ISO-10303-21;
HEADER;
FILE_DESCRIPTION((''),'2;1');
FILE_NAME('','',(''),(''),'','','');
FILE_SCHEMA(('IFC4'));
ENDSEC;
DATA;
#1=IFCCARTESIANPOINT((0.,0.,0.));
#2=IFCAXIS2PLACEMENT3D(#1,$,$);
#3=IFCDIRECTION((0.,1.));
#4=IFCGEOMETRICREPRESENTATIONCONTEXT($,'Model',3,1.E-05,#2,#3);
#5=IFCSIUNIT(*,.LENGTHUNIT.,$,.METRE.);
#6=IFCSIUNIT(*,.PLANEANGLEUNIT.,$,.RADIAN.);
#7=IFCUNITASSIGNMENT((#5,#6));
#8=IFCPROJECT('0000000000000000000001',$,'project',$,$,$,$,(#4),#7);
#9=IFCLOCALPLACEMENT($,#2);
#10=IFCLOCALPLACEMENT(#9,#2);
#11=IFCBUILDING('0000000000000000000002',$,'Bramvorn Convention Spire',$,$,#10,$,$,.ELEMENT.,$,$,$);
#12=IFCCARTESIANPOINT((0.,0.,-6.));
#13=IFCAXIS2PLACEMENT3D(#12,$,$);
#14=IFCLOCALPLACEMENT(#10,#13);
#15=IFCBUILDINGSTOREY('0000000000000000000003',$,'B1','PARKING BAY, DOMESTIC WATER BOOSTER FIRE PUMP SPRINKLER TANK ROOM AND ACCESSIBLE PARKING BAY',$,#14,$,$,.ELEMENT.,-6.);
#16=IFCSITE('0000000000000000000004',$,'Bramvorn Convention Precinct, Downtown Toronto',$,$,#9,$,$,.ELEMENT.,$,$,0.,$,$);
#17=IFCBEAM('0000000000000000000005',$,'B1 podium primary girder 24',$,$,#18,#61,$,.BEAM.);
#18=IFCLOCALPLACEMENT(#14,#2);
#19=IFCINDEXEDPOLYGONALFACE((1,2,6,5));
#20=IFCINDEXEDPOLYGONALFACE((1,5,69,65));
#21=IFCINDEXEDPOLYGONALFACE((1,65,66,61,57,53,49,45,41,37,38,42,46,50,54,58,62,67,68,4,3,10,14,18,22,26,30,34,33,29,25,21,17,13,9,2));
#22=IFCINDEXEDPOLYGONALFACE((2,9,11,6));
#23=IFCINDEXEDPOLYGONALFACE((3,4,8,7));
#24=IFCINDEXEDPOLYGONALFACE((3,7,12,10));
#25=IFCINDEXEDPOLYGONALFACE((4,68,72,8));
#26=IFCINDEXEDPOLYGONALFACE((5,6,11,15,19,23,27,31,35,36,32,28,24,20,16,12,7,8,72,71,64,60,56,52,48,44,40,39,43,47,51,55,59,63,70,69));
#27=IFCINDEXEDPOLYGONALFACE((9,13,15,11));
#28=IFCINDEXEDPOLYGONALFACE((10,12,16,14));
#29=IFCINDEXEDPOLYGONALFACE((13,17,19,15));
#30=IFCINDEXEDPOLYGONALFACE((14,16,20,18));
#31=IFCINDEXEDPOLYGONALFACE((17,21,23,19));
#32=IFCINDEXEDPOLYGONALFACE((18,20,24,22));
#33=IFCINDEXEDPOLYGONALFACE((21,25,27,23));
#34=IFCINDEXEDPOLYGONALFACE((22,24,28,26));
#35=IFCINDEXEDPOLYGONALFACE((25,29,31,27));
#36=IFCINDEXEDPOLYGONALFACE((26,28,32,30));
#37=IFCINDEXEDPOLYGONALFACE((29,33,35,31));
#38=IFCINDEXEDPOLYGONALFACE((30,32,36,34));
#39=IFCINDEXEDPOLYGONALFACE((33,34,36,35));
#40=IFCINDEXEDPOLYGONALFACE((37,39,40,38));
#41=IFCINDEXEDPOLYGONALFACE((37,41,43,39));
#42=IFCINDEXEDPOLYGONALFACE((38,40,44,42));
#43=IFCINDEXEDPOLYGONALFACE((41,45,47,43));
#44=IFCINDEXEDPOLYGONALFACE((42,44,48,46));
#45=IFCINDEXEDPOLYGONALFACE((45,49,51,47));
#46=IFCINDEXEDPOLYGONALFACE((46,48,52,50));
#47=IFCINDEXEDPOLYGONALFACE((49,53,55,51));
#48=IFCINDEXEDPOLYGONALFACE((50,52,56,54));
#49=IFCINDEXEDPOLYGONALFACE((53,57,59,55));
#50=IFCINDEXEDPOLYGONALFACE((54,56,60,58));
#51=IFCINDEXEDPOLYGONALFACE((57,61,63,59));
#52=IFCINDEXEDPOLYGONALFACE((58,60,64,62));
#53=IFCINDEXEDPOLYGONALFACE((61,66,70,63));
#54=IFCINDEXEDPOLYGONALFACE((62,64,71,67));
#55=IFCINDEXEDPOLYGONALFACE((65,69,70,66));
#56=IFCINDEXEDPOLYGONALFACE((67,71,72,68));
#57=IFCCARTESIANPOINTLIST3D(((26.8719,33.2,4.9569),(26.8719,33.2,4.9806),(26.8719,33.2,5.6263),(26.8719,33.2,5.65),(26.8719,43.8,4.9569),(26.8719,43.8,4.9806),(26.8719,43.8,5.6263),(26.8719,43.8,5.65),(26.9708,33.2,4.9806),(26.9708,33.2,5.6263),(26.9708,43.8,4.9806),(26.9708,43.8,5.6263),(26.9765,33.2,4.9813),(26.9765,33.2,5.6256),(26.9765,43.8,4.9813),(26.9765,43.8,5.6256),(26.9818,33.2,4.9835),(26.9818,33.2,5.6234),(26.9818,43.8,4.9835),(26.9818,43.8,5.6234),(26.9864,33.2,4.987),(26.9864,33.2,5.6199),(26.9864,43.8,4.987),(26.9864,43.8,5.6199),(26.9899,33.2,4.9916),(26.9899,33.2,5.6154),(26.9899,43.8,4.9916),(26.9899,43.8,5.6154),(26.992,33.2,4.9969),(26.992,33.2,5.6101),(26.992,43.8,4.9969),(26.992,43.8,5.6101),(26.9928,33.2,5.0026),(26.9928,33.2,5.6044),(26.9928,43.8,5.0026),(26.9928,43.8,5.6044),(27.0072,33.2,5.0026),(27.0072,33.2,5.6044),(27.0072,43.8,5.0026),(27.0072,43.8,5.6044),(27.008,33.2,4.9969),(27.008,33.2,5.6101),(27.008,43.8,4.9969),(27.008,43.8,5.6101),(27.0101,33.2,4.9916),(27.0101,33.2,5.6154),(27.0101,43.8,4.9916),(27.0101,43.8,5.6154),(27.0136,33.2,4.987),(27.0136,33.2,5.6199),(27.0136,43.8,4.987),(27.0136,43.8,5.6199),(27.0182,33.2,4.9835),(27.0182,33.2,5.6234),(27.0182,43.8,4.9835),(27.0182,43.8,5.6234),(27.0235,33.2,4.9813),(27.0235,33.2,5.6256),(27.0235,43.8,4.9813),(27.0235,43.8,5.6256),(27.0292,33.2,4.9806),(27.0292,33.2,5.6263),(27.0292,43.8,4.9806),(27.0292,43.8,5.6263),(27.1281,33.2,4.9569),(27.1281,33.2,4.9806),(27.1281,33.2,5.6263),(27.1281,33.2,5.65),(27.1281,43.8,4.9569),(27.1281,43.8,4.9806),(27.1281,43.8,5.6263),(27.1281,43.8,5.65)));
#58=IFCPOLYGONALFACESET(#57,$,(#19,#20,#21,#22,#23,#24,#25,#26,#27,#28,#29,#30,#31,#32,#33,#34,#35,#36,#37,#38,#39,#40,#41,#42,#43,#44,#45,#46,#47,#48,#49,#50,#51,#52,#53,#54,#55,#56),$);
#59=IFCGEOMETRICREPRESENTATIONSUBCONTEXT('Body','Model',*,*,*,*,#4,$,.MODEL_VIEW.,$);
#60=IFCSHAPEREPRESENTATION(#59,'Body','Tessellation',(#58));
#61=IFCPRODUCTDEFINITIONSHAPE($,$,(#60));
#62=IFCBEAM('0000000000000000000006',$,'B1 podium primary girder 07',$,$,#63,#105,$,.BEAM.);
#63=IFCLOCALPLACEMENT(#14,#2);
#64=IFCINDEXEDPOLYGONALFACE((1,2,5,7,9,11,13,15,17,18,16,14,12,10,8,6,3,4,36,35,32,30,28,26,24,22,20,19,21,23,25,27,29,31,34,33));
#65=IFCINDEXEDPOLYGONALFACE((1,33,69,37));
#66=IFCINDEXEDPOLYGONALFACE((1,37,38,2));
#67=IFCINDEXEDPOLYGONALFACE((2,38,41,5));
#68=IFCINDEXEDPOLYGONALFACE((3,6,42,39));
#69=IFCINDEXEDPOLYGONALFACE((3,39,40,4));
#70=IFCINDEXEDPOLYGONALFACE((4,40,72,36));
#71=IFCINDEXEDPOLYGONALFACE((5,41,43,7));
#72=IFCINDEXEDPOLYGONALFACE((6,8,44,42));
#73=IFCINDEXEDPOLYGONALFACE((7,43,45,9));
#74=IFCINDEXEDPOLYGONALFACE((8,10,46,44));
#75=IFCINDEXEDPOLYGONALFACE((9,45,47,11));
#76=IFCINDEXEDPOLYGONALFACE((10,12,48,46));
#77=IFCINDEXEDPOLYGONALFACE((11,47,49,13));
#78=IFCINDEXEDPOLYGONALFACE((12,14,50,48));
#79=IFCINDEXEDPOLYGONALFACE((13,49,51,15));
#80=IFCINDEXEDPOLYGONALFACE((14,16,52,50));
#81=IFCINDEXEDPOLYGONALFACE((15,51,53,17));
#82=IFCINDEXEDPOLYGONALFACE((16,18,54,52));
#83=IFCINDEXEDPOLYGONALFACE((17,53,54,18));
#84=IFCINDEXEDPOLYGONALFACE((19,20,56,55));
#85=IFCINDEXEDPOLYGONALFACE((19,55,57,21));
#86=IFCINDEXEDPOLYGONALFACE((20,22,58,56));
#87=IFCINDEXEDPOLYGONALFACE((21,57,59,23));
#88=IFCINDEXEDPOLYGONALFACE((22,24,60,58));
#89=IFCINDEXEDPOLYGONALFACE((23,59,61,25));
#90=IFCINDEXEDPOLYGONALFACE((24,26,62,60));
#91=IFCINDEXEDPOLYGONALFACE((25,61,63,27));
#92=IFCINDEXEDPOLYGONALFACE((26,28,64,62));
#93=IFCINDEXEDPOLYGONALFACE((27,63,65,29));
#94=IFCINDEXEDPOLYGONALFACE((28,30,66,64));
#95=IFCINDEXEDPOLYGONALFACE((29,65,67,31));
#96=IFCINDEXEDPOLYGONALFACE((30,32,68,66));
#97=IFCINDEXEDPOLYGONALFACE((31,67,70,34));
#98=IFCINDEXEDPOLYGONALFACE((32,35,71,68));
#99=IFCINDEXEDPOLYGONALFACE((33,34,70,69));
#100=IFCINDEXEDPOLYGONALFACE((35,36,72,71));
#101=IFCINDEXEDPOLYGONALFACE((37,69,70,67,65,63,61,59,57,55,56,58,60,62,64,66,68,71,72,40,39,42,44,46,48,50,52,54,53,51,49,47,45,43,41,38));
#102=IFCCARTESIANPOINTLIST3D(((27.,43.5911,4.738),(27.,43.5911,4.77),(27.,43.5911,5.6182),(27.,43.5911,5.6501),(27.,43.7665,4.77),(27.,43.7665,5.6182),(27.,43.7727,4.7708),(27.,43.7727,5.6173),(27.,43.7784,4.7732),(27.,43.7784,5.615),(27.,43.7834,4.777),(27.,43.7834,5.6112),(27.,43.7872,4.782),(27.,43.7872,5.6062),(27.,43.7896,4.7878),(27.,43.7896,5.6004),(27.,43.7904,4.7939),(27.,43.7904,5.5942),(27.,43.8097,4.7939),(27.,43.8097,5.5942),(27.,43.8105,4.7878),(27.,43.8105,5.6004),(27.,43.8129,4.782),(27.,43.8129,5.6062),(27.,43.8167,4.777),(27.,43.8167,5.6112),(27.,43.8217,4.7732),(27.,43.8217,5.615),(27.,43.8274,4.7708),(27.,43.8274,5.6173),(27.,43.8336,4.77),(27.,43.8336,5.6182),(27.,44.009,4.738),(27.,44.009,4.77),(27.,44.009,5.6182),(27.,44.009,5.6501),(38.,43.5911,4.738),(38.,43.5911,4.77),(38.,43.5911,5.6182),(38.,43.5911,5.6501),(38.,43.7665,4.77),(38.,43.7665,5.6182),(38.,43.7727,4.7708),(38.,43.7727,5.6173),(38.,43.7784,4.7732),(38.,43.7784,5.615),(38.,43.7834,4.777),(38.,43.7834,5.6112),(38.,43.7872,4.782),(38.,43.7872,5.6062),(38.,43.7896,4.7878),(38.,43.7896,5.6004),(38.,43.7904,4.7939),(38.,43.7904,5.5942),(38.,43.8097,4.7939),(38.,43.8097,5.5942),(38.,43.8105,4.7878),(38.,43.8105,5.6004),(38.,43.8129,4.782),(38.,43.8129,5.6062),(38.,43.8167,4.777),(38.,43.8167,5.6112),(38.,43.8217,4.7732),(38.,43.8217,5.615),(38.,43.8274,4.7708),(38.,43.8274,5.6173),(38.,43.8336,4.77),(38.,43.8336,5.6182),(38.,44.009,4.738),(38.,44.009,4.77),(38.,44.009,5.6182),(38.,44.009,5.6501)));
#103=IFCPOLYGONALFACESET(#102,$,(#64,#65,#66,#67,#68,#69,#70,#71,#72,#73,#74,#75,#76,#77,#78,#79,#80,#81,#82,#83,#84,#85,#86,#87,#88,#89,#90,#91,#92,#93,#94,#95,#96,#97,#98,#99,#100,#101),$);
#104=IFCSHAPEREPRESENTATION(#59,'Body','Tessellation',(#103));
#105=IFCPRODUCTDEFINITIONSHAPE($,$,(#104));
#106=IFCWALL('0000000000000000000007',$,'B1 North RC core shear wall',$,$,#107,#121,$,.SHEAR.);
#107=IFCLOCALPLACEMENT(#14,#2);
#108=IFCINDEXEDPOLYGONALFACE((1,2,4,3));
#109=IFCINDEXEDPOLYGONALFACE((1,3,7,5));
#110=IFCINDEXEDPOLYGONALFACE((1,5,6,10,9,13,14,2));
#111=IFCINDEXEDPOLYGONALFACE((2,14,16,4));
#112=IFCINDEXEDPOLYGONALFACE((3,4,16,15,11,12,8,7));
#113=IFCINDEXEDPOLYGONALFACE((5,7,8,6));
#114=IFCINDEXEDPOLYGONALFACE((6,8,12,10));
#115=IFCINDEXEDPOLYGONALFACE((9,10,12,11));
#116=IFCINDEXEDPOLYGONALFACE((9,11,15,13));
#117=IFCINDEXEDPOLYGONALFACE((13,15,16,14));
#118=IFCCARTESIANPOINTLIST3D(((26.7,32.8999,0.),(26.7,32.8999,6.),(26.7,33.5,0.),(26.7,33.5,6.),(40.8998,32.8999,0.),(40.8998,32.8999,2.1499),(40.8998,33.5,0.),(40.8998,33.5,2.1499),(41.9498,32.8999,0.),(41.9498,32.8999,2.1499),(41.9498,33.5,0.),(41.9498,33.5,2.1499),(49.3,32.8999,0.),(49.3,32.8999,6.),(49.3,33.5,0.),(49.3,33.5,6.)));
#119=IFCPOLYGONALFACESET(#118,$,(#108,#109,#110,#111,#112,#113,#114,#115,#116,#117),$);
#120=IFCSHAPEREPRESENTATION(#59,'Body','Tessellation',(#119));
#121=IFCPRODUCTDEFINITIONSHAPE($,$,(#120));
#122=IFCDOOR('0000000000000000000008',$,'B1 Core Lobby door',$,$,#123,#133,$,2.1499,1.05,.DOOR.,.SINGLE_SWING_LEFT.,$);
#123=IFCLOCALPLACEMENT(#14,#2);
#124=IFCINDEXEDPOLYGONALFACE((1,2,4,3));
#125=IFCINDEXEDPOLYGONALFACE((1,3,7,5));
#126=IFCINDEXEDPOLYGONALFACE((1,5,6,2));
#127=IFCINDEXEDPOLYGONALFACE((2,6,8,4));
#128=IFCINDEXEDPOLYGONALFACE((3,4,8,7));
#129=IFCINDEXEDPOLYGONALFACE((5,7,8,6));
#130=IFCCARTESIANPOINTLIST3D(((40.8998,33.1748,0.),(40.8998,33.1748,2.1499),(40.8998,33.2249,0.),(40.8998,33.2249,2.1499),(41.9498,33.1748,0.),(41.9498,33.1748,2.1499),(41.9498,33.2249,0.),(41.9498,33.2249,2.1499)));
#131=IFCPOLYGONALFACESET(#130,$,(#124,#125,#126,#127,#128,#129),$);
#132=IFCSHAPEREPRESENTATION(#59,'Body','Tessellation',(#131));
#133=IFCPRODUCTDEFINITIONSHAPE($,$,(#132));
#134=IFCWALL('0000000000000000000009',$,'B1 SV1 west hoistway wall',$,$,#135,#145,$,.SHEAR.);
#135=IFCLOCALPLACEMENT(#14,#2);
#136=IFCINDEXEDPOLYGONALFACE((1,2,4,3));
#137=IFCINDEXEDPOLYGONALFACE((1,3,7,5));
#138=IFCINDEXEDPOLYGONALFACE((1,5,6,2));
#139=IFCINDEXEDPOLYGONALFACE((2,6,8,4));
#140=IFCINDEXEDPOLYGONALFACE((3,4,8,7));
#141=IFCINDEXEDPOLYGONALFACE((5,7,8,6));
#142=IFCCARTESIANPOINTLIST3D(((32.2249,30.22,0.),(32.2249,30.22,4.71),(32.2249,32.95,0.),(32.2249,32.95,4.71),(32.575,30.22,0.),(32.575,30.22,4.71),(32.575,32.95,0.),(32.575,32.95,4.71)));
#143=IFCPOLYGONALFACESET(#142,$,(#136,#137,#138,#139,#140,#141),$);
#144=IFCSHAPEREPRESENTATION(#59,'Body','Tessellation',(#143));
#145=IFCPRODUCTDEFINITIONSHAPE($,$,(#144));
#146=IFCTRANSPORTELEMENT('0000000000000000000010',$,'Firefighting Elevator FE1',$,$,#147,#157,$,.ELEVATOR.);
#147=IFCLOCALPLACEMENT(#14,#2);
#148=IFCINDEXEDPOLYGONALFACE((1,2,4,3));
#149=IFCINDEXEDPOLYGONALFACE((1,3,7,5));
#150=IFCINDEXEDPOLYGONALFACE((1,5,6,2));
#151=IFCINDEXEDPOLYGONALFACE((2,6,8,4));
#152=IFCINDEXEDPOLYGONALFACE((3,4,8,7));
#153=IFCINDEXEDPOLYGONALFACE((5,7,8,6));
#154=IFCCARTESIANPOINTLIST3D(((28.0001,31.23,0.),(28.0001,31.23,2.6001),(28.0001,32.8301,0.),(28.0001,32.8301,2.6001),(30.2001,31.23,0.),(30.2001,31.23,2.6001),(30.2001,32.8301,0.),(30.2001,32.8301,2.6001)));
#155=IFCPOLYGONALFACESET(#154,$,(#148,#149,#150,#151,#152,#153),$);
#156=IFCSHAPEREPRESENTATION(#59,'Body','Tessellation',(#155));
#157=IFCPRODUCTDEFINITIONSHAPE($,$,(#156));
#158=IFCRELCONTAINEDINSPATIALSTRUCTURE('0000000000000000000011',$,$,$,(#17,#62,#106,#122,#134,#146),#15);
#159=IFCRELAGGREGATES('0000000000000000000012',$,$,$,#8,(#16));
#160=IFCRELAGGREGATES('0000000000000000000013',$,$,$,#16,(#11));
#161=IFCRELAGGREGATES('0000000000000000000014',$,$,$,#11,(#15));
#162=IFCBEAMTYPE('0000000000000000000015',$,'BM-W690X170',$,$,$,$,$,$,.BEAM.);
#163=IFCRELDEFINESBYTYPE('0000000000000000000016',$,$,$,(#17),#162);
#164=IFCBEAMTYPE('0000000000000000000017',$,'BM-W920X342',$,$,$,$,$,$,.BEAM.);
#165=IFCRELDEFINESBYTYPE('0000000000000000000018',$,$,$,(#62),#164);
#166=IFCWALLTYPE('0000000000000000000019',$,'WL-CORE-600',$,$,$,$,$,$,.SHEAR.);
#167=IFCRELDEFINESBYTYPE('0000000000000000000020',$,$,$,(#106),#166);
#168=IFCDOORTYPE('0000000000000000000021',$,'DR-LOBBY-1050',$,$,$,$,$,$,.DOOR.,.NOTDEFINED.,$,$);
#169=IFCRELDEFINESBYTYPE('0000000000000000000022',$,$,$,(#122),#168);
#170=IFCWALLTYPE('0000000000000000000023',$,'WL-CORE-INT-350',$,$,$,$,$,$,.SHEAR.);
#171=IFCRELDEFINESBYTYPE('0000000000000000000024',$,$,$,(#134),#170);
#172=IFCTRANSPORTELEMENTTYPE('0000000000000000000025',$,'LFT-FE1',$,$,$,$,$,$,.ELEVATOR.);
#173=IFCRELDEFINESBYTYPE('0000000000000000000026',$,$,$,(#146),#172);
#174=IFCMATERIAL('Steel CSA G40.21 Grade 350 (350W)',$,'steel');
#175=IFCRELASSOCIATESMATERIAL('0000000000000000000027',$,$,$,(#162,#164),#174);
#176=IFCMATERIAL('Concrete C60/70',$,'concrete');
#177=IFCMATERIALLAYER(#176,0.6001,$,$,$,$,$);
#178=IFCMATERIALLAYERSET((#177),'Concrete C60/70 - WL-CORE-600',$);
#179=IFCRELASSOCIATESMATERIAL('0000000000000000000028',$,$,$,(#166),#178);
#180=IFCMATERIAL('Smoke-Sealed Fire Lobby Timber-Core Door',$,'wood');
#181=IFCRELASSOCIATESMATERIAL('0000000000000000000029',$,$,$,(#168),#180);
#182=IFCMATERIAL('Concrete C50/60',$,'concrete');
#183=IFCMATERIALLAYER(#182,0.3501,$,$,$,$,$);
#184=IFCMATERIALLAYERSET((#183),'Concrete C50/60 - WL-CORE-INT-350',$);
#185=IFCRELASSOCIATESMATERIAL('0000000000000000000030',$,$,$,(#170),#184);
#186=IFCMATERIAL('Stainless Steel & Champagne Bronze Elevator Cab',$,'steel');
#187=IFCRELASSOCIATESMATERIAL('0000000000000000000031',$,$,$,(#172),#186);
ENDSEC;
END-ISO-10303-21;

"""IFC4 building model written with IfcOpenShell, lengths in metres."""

from ifc_helpers import new_model, si_unit, direction, frame, frame_2d, origin, origin_2d, place, context, subcontext, project, spatial, rectangle, i_section, extrude, material, layer, layer_set, material_profile, profile_set, type_object, element, fill, save


model = new_model("IFC4")

# Units and contexts
model_context = context("Model", 3, precision=1e-05, world=origin(), true_north=direction((0.0, 1.0)))
body_context = subcontext(model_context, "Body", "Model", "MODEL_VIEW")
ifc_project = project(units=[si_unit("LENGTHUNIT", "METRE"), si_unit("PLANEANGLEUNIT", "RADIAN")], contexts=[model_context])

# Site, building, storey
site_placement = place(None, origin())
site = spatial("IfcSite", under=ifc_project, at=site_placement, Name="Bramvorn Convention Precinct, Downtown Toronto", CompositionType="ELEMENT", RefElevation=0.0)
building_placement = place(site_placement, origin())
building = spatial("IfcBuilding", under=site, at=building_placement, Name="Bramvorn Convention Spire", CompositionType="ELEMENT")
storey_placement = place(building_placement, frame((0.0, 0.0, -6.0)))
storey = spatial("IfcBuildingStorey", under=building, at=storey_placement, Name="B1", Description="PARKING BAY, DOMESTIC WATER BOOSTER FIRE PUMP SPRINKLER TANK ROOM AND ACCESSIBLE PARKING BAY", CompositionType="ELEMENT", Elevation=-6.0)

# Shared definitions
ifc_material_1 = material(Name="Concrete C60/70", Category="concrete")

# Shared definitions
ifc_material_2 = material(Name="Steel CSA G40.21 Grade 350 (350W)", Category="steel")

# Beams
ifc_material_profile_1 = material_profile(ifc_material_2, i_section(OverallWidth=0.2561, OverallDepth=0.6931, WebThickness=0.0144, FlangeThickness=0.0237, FilletRadius=0.022, at=origin_2d()))
ifc_profile_set_1 = profile_set([ifc_material_profile_1], Name="Steel CSA G40.21 Grade 350 (350W) - W690X170")
beam_type_1 = type_object("IfcBeamType", Name="BM-W690X170", PredefinedType="BEAM", material=ifc_profile_set_1)
beam_1_placement = place(storey_placement, frame((27.0, 33.2, 5.3035), z_axis=(0.0, 1.0, 0.0), x_axis=(-1.0, 0.0, 0.0)))
element("IfcBeam", 1, at=beam_1_placement, inside=storey, type_object=beam_type_1, Name="B1 podium primary girder 24", PredefinedType="BEAM", context=body_context, shape_type="SweptSolid", body=[
    extrude(i_section(OverallWidth=0.2561, OverallDepth=0.6931, WebThickness=0.0144, FlangeThickness=0.0237, FilletRadius=0.022, at=origin_2d()), origin(), (0.0, 0.0, 1.0), 10.6001),
])
ifc_material_profile_2 = material_profile(ifc_material_2, i_section(OverallWidth=0.418, OverallDepth=0.9121, WebThickness=0.0193, FlangeThickness=0.032, FilletRadius=0.0239, at=origin_2d()))
ifc_profile_set_2 = profile_set([ifc_material_profile_2], Name="Steel CSA G40.21 Grade 350 (350W) - W920X342")
beam_type_2 = type_object("IfcBeamType", Name="BM-W920X342", PredefinedType="BEAM", material=ifc_profile_set_2)
beam_2_placement = place(storey_placement, frame((27.0, 43.8, 5.1941), z_axis=(1.0, 0.0, 0.0), x_axis=(0.0, 1.0, 0.0)))
element("IfcBeam", 2, at=beam_2_placement, inside=storey, type_object=beam_type_2, Name="B1 podium primary girder 07", PredefinedType="BEAM", context=body_context, shape_type="SweptSolid", body=[
    extrude(i_section(OverallWidth=0.418, OverallDepth=0.9121, WebThickness=0.0193, FlangeThickness=0.032, FilletRadius=0.0239, at=origin_2d()), origin(), (0.0, 0.0, 1.0), 11.0),
])

# Wall, opening, door
ifc_layer_1 = layer(ifc_material_1, 0.6001)
ifc_layer_set_1 = layer_set([ifc_layer_1], Name="Concrete C60/70 - WL-CORE-600")
wall_type_1 = type_object("IfcWallType", Name="WL-CORE-600", PredefinedType="SHEAR", material=ifc_layer_set_1)
wall_1_placement = place(storey_placement, frame((26.7, 33.2, 0.0), z_axis=(0.0, 0.0, 1.0), x_axis=(1.0, 0.0, 0.0)))
wall_1 = element("IfcWall", 3, at=wall_1_placement, inside=storey, type_object=wall_type_1, Name="B1 North RC core shear wall", PredefinedType="SHEAR", context=body_context, shape_type="SweptSolid", body=[
    extrude(rectangle(XDim=22.6001, YDim=0.6001, at=frame_2d((11.3, 0.0))), origin(), (0.0, 0.0, 1.0), 6.0),
])
opening_1_placement = place(wall_1_placement, frame((14.2, 0.0, 0.0)))
opening_1 = element("IfcOpeningElement", 4, at=opening_1_placement, cuts=wall_1, PredefinedType="OPENING", context=body_context, shape_type="SweptSolid", body=[
    extrude(rectangle(XDim=1.05, YDim=2.1499, at=frame_2d((0.5249, 1.075))), frame((0.0, 0.3101, 0.0), z_axis=(0.0, -1.0, 0.0), x_axis=(1.0, 0.0, 0.0)), (0.0, 0.0, 1.0), 0.6201),
])
ifc_material_3 = material(Name="Smoke-Sealed Fire Lobby Timber-Core Door", Category="wood")
door_type_1 = type_object("IfcDoorType", Name="DR-LOBBY-1050", OperationType="NOTDEFINED", PredefinedType="DOOR", material=ifc_material_3)
door_1_placement = place(opening_1_placement, origin())
door_1 = element("IfcDoor", 5, at=door_1_placement, inside=storey, type_object=door_type_1, Name="B1 Core Lobby door", OperationType="SINGLE_SWING_LEFT", OverallHeight=2.1499, OverallWidth=1.05, PredefinedType="DOOR", context=body_context, shape_type="SweptSolid", body=[
    extrude(rectangle(XDim=1.05, YDim=2.1499, at=frame_2d((0.5249, 1.075))), frame((0.0, 0.0249, 0.0), z_axis=(0.0, -1.0, 0.0), x_axis=(1.0, 0.0, 0.0)), (0.0, 0.0, 1.0), 0.05),
])
fill(opening_1, door_1)
ifc_material_4 = material(Name="Concrete C50/60", Category="concrete")
ifc_layer_2 = layer(ifc_material_4, 0.3501)
ifc_layer_set_2 = layer_set([ifc_layer_2], Name="Concrete C50/60 - WL-CORE-INT-350")
wall_type_2 = type_object("IfcWallType", Name="WL-CORE-INT-350", PredefinedType="SHEAR", material=ifc_layer_set_2)

# Wall
wall_2_placement = place(storey_placement, frame((32.3999, 30.22, 0.0), z_axis=(0.0, 0.0, 1.0), x_axis=(0.0, 1.0, 0.0)))
element("IfcWall", 6, at=wall_2_placement, inside=storey, type_object=wall_type_2, Name="B1 SV1 west hoistway wall", PredefinedType="SHEAR", context=body_context, shape_type="SweptSolid", body=[
    extrude(rectangle(XDim=2.73, YDim=0.3501, at=frame_2d((1.365, 0.0))), origin(), (0.0, 0.0, 1.0), 4.71),
])

# Transport element
ifc_material_5 = material(Name="Stainless Steel & Champagne Bronze Elevator Cab", Category="steel")
transport_element_type = type_object("IfcTransportElementType", Name="LFT-FE1", PredefinedType="ELEVATOR", material=ifc_material_5)
transport_element_placement = place(storey_placement, frame((29.1001, 32.03, 0.0), z_axis=(0.0, 0.0, 1.0), x_axis=(1.0, 0.0, 0.0)))
element("IfcTransportElement", 7, at=transport_element_placement, inside=storey, type_object=transport_element_type, Name="Firefighting Elevator FE1", PredefinedType="ELEVATOR", context=body_context, shape_type="SweptSolid", body=[
    extrude(rectangle(XDim=2.2, YDim=1.6001, at=origin_2d()), origin(), (0.0, 0.0, 1.0), 2.6001),
])

save(model, "model.ifc")
